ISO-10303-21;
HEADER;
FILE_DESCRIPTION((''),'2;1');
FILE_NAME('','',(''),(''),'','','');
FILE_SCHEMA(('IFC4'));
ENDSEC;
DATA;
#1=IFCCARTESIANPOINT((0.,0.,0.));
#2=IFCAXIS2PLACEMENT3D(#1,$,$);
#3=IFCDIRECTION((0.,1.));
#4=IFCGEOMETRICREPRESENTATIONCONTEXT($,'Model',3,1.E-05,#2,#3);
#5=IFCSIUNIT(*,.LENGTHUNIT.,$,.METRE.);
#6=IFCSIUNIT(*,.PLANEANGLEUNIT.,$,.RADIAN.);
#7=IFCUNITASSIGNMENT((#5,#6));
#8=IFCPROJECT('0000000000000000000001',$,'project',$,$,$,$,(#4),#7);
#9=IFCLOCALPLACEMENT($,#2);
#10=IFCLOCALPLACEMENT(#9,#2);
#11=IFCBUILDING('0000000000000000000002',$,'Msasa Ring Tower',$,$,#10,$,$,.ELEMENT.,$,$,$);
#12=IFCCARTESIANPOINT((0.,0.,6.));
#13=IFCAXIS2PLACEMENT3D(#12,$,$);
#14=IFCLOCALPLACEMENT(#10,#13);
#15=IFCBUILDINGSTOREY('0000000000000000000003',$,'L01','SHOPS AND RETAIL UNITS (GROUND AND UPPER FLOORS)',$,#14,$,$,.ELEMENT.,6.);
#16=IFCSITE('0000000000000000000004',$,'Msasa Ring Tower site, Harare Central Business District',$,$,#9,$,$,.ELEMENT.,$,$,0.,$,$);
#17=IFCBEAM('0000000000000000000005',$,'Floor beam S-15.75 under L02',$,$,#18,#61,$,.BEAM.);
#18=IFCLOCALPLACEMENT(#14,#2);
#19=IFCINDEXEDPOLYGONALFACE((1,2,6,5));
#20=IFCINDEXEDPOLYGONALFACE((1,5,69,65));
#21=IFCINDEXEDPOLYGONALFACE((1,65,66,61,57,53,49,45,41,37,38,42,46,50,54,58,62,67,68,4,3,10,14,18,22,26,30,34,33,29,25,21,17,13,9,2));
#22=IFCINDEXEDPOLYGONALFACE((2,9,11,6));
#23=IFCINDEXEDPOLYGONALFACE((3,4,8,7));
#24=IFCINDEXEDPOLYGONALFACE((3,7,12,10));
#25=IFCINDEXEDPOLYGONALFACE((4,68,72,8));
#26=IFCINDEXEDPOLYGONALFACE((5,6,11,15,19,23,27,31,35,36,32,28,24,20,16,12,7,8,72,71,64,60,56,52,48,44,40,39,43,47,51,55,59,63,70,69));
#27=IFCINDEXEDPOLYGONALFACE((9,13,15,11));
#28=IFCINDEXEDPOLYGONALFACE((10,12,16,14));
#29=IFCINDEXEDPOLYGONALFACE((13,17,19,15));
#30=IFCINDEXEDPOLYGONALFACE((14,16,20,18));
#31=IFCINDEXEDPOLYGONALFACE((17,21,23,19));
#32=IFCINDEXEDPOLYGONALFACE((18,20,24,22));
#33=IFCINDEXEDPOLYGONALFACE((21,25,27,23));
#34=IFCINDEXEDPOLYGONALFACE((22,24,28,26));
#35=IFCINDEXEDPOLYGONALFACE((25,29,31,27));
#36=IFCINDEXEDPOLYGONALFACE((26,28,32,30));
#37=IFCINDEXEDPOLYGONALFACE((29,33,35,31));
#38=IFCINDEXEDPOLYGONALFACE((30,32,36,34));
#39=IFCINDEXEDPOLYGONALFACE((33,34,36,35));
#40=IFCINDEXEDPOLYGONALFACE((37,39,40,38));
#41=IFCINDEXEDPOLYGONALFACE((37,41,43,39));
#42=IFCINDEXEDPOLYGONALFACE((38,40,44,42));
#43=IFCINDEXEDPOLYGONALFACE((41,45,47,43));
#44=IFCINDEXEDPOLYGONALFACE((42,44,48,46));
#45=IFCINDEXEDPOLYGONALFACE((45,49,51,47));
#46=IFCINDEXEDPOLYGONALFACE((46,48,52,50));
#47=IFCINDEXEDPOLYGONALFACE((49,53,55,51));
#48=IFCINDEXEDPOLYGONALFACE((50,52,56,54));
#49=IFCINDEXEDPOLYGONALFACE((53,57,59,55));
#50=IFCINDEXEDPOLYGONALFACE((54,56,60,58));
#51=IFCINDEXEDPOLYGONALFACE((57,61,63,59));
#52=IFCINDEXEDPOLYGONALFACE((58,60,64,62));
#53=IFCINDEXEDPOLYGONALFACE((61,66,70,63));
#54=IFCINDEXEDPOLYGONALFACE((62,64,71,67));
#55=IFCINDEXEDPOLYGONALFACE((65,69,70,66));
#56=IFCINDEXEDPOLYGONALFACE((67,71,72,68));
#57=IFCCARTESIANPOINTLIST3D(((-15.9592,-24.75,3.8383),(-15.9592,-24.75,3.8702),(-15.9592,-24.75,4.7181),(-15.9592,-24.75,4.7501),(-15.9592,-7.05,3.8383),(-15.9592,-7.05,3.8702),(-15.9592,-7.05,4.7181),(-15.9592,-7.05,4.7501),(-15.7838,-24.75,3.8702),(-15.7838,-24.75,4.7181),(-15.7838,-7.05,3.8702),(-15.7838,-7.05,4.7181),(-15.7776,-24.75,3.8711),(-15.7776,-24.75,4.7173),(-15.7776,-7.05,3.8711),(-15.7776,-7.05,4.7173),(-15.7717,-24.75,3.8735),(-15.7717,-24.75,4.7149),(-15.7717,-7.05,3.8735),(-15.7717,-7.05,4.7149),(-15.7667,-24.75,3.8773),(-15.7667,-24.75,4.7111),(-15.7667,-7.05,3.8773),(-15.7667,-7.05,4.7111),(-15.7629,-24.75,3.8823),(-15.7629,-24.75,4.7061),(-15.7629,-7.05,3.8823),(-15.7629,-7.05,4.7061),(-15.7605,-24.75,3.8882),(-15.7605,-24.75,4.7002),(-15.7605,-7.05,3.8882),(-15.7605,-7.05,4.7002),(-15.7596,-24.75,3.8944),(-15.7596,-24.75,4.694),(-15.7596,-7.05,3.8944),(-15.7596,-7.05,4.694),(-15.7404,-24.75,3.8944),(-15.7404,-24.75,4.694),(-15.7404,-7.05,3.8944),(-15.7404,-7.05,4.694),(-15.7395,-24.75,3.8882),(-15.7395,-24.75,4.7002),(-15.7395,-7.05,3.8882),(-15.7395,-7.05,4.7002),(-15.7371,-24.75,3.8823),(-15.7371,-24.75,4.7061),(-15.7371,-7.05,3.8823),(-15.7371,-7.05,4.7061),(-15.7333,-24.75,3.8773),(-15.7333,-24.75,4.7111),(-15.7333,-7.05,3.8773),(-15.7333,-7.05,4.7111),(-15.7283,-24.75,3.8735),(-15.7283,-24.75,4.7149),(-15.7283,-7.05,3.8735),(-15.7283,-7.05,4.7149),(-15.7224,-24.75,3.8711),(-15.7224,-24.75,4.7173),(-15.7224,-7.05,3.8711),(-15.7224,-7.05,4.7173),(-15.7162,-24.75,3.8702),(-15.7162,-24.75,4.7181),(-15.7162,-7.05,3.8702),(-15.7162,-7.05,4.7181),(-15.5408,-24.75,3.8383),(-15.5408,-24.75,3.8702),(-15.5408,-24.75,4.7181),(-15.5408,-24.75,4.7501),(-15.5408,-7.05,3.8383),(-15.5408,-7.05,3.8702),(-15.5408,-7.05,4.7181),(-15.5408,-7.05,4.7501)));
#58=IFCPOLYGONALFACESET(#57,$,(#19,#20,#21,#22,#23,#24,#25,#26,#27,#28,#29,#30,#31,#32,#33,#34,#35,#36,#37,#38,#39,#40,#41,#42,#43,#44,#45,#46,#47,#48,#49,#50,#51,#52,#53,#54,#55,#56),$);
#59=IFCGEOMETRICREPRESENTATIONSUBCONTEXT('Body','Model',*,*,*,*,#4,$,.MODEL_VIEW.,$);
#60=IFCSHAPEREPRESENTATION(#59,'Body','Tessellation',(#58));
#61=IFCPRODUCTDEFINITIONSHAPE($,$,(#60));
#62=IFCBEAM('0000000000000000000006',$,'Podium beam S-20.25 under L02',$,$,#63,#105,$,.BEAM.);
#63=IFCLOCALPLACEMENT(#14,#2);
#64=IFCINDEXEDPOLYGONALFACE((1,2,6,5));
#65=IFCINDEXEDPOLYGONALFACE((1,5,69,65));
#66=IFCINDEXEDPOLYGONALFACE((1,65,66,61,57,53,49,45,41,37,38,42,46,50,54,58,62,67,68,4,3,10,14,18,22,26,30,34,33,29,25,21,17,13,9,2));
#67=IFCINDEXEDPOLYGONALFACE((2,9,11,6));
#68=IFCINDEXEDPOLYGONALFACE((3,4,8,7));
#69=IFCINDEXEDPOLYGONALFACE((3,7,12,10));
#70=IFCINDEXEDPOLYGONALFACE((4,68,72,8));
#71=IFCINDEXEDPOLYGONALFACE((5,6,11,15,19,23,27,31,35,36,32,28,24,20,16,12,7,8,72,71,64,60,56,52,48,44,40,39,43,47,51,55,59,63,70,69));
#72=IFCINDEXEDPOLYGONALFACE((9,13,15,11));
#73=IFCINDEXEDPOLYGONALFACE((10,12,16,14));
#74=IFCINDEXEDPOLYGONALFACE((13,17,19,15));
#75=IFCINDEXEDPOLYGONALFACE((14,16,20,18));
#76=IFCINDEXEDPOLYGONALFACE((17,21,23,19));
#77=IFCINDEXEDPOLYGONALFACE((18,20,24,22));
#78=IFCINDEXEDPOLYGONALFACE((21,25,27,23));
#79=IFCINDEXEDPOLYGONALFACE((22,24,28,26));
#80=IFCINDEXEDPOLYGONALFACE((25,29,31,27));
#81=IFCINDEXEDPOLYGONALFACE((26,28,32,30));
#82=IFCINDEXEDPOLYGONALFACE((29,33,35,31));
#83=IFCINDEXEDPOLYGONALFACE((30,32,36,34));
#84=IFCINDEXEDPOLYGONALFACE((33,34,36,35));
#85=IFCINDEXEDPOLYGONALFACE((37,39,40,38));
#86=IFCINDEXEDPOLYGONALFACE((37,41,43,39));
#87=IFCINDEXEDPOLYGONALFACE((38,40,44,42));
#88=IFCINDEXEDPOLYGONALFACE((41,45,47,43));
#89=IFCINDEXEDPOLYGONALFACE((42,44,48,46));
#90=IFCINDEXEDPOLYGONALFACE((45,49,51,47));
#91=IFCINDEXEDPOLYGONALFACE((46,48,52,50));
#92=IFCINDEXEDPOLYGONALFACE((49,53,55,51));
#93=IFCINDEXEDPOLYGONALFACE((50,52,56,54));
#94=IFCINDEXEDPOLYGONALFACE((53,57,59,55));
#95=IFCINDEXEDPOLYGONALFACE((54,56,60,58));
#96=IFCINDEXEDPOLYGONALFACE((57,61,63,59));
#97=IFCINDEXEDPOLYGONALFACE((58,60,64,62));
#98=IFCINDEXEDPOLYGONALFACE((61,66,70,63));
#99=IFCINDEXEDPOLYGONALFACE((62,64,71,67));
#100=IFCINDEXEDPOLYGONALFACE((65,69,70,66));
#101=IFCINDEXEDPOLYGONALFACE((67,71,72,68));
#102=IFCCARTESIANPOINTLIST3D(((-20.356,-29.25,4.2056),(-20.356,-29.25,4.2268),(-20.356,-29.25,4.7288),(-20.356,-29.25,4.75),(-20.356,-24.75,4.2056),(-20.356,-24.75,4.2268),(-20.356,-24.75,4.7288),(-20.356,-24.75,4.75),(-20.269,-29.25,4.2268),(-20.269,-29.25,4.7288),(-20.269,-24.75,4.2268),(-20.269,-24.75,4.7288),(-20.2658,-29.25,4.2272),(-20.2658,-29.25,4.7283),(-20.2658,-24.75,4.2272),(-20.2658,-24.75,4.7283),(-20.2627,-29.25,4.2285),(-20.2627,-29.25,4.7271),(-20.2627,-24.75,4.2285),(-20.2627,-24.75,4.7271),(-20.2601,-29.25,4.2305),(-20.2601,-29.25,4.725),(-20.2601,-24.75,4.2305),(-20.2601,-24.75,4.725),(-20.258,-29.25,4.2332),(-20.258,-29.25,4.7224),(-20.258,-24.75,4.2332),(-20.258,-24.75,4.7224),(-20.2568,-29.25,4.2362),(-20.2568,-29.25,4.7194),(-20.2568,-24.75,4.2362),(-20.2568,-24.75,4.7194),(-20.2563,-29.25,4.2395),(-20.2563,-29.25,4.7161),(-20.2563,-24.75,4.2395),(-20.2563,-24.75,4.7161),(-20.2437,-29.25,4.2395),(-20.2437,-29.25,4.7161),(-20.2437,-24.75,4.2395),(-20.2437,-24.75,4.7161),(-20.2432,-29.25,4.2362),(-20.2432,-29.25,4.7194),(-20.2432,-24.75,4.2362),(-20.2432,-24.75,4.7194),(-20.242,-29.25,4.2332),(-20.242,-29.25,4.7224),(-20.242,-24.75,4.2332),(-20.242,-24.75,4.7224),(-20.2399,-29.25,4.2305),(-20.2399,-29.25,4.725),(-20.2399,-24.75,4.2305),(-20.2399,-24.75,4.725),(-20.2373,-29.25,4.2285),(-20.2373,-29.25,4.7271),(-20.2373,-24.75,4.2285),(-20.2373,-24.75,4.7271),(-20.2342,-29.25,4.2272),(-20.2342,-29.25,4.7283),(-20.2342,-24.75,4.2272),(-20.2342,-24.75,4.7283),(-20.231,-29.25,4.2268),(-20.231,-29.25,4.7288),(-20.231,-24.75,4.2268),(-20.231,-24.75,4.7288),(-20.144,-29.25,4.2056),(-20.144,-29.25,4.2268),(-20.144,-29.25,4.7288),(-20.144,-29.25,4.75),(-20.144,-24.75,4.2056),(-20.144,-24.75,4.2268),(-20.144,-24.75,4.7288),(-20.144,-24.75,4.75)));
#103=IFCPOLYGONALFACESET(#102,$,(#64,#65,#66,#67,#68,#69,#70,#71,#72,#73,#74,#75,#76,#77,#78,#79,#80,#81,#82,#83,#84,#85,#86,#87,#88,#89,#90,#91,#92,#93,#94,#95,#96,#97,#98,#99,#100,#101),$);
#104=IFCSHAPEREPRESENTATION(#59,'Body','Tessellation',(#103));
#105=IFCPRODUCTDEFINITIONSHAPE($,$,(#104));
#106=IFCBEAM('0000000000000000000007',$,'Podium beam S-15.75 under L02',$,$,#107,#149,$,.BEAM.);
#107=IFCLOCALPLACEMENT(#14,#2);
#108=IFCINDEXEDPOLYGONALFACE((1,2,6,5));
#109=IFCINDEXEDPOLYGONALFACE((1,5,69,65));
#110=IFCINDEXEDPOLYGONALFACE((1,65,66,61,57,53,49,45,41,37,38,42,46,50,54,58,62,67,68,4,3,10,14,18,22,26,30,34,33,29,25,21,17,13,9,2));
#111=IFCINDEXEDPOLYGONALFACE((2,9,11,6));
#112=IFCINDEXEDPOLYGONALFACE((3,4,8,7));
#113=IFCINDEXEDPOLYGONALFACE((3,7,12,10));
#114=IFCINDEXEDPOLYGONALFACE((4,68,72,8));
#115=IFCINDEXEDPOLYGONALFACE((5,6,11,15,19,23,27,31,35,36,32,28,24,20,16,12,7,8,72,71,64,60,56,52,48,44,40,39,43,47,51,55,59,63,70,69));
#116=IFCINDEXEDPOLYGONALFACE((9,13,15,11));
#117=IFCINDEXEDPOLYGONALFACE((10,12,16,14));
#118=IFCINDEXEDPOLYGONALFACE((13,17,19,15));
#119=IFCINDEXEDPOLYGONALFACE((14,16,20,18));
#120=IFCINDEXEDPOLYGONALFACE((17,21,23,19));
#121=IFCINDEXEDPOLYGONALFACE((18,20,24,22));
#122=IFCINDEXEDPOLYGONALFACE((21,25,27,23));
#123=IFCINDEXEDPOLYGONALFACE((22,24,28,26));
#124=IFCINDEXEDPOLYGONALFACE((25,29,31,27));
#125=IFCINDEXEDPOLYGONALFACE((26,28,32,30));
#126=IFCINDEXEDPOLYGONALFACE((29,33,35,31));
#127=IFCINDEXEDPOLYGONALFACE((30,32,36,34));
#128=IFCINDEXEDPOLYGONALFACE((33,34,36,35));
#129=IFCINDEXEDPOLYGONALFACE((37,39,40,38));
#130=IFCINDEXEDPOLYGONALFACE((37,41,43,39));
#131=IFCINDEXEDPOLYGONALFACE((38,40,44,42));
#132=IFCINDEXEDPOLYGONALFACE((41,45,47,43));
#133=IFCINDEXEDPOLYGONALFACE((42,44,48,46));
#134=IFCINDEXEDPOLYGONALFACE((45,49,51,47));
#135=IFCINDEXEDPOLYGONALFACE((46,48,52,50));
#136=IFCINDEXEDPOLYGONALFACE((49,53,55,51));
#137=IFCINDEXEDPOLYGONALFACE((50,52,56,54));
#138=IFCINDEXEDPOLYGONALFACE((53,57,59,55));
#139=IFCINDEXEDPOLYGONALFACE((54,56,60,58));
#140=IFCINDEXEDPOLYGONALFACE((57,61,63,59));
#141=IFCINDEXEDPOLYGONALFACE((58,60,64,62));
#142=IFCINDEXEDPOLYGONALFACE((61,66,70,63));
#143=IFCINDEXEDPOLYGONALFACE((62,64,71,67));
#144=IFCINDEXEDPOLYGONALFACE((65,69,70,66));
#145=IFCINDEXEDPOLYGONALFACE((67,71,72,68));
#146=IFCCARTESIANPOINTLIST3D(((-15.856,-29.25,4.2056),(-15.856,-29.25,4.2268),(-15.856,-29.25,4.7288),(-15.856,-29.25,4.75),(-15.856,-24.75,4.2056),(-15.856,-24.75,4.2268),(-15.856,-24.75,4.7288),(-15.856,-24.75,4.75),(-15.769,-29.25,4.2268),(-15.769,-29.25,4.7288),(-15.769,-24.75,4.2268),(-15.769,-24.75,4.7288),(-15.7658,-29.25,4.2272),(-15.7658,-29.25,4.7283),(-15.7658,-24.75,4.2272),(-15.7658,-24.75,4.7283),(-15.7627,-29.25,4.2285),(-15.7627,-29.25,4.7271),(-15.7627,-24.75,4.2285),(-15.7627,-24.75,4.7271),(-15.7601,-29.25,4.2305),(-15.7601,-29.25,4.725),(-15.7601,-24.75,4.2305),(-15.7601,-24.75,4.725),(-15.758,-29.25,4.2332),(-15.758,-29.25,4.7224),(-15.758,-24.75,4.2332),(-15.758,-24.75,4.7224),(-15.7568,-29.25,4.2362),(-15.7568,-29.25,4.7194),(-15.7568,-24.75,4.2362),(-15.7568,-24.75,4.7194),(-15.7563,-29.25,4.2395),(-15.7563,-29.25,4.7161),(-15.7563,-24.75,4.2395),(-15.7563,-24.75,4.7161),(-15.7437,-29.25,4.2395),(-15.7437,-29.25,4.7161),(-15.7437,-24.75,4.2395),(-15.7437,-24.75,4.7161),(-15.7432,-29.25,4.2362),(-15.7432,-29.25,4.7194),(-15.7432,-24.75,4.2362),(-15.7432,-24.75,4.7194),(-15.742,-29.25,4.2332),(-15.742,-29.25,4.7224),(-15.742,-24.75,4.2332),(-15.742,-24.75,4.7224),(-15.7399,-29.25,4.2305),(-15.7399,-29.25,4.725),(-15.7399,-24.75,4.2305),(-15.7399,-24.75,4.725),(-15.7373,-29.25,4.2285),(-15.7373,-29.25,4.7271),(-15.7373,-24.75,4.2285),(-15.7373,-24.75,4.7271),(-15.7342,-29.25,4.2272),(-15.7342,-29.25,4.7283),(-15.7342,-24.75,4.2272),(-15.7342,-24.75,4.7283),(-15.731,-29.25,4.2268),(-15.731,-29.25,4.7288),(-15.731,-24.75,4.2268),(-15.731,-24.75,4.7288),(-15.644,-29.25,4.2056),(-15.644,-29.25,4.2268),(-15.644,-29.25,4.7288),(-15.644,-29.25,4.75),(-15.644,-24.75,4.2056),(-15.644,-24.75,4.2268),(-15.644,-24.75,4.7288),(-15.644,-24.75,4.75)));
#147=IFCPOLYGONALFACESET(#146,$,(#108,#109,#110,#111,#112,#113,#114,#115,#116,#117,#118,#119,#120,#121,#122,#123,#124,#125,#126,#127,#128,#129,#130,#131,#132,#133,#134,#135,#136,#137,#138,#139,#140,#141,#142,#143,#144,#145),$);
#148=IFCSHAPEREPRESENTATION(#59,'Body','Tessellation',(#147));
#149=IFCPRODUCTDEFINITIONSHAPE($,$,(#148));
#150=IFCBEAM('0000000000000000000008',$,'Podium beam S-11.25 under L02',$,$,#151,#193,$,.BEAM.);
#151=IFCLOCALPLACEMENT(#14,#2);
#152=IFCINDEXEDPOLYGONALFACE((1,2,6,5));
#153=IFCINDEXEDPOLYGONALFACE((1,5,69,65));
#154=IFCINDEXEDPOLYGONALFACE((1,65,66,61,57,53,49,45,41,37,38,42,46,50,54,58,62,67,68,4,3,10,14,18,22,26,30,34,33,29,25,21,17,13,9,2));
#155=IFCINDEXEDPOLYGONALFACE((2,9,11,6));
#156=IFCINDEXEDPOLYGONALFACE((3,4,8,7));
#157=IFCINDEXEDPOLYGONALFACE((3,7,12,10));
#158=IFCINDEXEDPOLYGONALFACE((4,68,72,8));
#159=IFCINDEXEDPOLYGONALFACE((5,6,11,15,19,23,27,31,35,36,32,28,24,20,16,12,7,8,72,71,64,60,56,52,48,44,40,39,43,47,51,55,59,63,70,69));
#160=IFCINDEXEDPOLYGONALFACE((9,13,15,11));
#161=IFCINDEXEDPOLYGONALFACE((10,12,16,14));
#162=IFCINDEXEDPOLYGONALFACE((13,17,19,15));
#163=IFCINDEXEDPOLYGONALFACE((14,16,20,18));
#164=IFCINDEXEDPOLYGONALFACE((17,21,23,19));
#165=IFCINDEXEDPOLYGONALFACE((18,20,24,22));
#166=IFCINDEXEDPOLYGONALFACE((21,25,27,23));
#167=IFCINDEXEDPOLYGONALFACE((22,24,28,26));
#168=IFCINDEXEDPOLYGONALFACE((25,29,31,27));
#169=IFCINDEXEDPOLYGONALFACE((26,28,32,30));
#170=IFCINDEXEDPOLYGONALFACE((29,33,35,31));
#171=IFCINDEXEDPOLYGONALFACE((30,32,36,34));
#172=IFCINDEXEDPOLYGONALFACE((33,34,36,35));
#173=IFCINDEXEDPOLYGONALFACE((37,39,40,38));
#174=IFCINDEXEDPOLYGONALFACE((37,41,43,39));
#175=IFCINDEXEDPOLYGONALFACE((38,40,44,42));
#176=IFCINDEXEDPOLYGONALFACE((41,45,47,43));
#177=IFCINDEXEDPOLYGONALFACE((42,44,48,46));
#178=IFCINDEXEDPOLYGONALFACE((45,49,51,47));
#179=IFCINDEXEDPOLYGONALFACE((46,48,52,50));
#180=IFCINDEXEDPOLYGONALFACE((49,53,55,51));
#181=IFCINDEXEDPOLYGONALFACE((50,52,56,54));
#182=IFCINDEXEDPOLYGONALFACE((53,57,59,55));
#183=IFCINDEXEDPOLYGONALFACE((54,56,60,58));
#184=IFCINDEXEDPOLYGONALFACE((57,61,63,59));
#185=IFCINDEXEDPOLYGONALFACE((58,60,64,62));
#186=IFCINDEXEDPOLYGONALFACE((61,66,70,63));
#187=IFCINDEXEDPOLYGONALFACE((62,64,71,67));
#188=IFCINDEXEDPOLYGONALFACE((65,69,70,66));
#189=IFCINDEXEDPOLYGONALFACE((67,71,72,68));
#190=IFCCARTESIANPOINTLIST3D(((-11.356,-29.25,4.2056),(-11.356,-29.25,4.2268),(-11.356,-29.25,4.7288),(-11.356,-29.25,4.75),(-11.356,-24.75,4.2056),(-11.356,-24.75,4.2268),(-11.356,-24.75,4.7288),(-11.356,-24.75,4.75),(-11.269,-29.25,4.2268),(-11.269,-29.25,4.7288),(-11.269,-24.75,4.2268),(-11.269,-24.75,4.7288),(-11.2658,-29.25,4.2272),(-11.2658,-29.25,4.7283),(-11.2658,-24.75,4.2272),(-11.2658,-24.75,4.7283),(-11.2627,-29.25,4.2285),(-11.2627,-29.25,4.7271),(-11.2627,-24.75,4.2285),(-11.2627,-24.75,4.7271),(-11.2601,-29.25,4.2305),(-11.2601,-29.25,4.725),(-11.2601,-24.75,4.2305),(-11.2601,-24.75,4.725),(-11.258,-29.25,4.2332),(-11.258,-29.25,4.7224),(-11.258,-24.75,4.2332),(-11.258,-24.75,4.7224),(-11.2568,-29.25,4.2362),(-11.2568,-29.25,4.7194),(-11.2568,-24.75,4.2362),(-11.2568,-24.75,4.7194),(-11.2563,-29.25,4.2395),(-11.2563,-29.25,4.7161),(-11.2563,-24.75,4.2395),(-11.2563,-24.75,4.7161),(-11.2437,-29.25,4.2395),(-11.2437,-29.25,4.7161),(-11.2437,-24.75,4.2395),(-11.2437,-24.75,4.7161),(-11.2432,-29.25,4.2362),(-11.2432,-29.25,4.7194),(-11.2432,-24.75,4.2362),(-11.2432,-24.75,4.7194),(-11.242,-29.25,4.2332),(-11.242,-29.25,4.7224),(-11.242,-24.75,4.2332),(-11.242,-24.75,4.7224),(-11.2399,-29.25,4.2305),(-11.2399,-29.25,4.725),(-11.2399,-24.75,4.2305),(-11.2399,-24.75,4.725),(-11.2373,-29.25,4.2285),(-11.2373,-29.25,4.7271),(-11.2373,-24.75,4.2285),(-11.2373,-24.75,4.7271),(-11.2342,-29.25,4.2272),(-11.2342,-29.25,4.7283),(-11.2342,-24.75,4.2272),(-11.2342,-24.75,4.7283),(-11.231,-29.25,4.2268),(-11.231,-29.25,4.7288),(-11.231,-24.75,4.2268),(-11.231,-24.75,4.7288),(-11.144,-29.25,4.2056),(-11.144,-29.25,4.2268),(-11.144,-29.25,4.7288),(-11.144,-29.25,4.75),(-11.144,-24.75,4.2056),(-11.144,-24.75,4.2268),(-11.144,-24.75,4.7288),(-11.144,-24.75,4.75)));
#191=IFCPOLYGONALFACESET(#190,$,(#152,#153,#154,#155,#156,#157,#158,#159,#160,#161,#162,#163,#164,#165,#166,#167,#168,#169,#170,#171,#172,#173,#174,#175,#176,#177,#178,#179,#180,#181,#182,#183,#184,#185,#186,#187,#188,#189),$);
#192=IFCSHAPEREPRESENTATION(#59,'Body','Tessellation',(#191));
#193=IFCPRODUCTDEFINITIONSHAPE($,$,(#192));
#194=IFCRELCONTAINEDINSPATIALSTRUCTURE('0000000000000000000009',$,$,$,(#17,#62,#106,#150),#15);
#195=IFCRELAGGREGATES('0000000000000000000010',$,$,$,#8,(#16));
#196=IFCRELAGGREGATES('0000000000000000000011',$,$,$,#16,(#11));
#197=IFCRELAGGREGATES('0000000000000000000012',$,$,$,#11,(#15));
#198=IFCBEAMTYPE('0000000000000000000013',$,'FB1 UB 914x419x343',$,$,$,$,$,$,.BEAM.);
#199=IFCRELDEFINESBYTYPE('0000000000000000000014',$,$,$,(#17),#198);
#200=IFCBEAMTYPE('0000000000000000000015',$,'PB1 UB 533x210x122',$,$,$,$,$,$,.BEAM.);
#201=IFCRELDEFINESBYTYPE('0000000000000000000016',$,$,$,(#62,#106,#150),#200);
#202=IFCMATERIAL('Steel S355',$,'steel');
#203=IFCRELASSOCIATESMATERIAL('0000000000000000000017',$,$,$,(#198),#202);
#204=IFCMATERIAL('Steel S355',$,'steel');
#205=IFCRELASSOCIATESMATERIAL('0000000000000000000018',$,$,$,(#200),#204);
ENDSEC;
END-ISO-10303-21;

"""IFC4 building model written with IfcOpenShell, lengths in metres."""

from ifc_helpers import new_model, si_unit, direction, frame, origin, origin_2d, place, context, subcontext, project, spatial, i_section, extrude, material, material_profile, profile_set, type_object, element, save


model = new_model("IFC4")

# Units and contexts
model_context = context("Model", 3, precision=1e-05, world=origin(), true_north=direction((0.0, 1.0)))
body_context = subcontext(model_context, "Body", "Model", "MODEL_VIEW")
ifc_project = project(units=[si_unit("LENGTHUNIT", "METRE"), si_unit("PLANEANGLEUNIT", "RADIAN")], contexts=[model_context])

# Site, building, storey
site_placement = place(None, origin())
site = spatial("IfcSite", under=ifc_project, at=site_placement, Name="Msasa Ring Tower site, Harare Central Business District", CompositionType="ELEMENT", RefElevation=0.0)
building_placement = place(site_placement, origin())
building = spatial("IfcBuilding", under=site, at=building_placement, Name="Msasa Ring Tower", CompositionType="ELEMENT")
storey_placement = place(building_placement, frame((0.0, 0.0, 6.0)))
storey = spatial("IfcBuildingStorey", under=building, at=storey_placement, Name="L01", Description="SHOPS AND RETAIL UNITS (GROUND AND UPPER FLOORS)", CompositionType="ELEMENT", Elevation=6.0)

# Beams
ifc_material_1 = material(Name="Steel S355", Category="steel")
ifc_material_profile_1 = material_profile(ifc_material_1, i_section(OverallWidth=0.4185, OverallDepth=0.9119, WebThickness=0.0193, FlangeThickness=0.032, FilletRadius=0.0242, at=origin_2d()), Name="UB 914x419x343")
ifc_profile_set_1 = profile_set([ifc_material_profile_1], Name="Steel S355")
beam_type_1 = type_object("IfcBeamType", Name="FB1 UB 914x419x343", PredefinedType="BEAM", material=ifc_profile_set_1)
beam_1_placement = place(storey_placement, frame((-15.75, -24.75, 4.2942), z_axis=(0.0, 1.0, 0.0), x_axis=(-1.0, 0.0, 0.0)))
element("IfcBeam", 1, at=beam_1_placement, inside=storey, type_object=beam_type_1, Name="Floor beam S-15.75 under L02", PredefinedType="BEAM", context=body_context, shape_type="SweptSolid", body=[
    extrude(i_section(OverallWidth=0.4185, OverallDepth=0.9119, WebThickness=0.0193, FlangeThickness=0.032, FilletRadius=0.0242, at=origin_2d()), origin(), (0.0, 0.0, 1.0), 17.7),
])
ifc_material_2 = material(Name="Steel S355", Category="steel")
ifc_material_profile_2 = material_profile(ifc_material_2, i_section(OverallWidth=0.2119, OverallDepth=0.5444, WebThickness=0.0127, FlangeThickness=0.0212, FilletRadius=0.0127, at=origin_2d()), Name="UB 533x210x122")
ifc_profile_set_2 = profile_set([ifc_material_profile_2], Name="Steel S355")
beam_type_2 = type_object("IfcBeamType", Name="PB1 UB 533x210x122", PredefinedType="BEAM", material=ifc_profile_set_2)
for number, where, z_axis, x_axis, name in (
    (2, (-20.25, -29.25, 4.4778), (0.0, 1.0, 0.0), (-1.0, 0.0, 0.0), "Podium beam S-20.25 under L02"),
    (3, (-15.75, -29.25, 4.4778), (0.0, 1.0, 0.0), (-1.0, 0.0, 0.0), "Podium beam S-15.75 under L02"),
    (4, (-11.25, -29.25, 4.4778), (0.0, 1.0, 0.0), (-1.0, 0.0, 0.0), "Podium beam S-11.25 under L02"),
):
    element("IfcBeam", number, at=place(storey_placement, frame(where, z_axis=z_axis, x_axis=x_axis)), inside=storey, type_object=beam_type_2, Name=name, PredefinedType="BEAM", context=body_context, shape_type="SweptSolid", body=[
        extrude(i_section(OverallWidth=0.2119, OverallDepth=0.5444, WebThickness=0.0127, FlangeThickness=0.0212, FilletRadius=0.0127, at=origin_2d()), origin(), (0.0, 0.0, 1.0), 4.5),
    ])

save(model, "model.ifc")
